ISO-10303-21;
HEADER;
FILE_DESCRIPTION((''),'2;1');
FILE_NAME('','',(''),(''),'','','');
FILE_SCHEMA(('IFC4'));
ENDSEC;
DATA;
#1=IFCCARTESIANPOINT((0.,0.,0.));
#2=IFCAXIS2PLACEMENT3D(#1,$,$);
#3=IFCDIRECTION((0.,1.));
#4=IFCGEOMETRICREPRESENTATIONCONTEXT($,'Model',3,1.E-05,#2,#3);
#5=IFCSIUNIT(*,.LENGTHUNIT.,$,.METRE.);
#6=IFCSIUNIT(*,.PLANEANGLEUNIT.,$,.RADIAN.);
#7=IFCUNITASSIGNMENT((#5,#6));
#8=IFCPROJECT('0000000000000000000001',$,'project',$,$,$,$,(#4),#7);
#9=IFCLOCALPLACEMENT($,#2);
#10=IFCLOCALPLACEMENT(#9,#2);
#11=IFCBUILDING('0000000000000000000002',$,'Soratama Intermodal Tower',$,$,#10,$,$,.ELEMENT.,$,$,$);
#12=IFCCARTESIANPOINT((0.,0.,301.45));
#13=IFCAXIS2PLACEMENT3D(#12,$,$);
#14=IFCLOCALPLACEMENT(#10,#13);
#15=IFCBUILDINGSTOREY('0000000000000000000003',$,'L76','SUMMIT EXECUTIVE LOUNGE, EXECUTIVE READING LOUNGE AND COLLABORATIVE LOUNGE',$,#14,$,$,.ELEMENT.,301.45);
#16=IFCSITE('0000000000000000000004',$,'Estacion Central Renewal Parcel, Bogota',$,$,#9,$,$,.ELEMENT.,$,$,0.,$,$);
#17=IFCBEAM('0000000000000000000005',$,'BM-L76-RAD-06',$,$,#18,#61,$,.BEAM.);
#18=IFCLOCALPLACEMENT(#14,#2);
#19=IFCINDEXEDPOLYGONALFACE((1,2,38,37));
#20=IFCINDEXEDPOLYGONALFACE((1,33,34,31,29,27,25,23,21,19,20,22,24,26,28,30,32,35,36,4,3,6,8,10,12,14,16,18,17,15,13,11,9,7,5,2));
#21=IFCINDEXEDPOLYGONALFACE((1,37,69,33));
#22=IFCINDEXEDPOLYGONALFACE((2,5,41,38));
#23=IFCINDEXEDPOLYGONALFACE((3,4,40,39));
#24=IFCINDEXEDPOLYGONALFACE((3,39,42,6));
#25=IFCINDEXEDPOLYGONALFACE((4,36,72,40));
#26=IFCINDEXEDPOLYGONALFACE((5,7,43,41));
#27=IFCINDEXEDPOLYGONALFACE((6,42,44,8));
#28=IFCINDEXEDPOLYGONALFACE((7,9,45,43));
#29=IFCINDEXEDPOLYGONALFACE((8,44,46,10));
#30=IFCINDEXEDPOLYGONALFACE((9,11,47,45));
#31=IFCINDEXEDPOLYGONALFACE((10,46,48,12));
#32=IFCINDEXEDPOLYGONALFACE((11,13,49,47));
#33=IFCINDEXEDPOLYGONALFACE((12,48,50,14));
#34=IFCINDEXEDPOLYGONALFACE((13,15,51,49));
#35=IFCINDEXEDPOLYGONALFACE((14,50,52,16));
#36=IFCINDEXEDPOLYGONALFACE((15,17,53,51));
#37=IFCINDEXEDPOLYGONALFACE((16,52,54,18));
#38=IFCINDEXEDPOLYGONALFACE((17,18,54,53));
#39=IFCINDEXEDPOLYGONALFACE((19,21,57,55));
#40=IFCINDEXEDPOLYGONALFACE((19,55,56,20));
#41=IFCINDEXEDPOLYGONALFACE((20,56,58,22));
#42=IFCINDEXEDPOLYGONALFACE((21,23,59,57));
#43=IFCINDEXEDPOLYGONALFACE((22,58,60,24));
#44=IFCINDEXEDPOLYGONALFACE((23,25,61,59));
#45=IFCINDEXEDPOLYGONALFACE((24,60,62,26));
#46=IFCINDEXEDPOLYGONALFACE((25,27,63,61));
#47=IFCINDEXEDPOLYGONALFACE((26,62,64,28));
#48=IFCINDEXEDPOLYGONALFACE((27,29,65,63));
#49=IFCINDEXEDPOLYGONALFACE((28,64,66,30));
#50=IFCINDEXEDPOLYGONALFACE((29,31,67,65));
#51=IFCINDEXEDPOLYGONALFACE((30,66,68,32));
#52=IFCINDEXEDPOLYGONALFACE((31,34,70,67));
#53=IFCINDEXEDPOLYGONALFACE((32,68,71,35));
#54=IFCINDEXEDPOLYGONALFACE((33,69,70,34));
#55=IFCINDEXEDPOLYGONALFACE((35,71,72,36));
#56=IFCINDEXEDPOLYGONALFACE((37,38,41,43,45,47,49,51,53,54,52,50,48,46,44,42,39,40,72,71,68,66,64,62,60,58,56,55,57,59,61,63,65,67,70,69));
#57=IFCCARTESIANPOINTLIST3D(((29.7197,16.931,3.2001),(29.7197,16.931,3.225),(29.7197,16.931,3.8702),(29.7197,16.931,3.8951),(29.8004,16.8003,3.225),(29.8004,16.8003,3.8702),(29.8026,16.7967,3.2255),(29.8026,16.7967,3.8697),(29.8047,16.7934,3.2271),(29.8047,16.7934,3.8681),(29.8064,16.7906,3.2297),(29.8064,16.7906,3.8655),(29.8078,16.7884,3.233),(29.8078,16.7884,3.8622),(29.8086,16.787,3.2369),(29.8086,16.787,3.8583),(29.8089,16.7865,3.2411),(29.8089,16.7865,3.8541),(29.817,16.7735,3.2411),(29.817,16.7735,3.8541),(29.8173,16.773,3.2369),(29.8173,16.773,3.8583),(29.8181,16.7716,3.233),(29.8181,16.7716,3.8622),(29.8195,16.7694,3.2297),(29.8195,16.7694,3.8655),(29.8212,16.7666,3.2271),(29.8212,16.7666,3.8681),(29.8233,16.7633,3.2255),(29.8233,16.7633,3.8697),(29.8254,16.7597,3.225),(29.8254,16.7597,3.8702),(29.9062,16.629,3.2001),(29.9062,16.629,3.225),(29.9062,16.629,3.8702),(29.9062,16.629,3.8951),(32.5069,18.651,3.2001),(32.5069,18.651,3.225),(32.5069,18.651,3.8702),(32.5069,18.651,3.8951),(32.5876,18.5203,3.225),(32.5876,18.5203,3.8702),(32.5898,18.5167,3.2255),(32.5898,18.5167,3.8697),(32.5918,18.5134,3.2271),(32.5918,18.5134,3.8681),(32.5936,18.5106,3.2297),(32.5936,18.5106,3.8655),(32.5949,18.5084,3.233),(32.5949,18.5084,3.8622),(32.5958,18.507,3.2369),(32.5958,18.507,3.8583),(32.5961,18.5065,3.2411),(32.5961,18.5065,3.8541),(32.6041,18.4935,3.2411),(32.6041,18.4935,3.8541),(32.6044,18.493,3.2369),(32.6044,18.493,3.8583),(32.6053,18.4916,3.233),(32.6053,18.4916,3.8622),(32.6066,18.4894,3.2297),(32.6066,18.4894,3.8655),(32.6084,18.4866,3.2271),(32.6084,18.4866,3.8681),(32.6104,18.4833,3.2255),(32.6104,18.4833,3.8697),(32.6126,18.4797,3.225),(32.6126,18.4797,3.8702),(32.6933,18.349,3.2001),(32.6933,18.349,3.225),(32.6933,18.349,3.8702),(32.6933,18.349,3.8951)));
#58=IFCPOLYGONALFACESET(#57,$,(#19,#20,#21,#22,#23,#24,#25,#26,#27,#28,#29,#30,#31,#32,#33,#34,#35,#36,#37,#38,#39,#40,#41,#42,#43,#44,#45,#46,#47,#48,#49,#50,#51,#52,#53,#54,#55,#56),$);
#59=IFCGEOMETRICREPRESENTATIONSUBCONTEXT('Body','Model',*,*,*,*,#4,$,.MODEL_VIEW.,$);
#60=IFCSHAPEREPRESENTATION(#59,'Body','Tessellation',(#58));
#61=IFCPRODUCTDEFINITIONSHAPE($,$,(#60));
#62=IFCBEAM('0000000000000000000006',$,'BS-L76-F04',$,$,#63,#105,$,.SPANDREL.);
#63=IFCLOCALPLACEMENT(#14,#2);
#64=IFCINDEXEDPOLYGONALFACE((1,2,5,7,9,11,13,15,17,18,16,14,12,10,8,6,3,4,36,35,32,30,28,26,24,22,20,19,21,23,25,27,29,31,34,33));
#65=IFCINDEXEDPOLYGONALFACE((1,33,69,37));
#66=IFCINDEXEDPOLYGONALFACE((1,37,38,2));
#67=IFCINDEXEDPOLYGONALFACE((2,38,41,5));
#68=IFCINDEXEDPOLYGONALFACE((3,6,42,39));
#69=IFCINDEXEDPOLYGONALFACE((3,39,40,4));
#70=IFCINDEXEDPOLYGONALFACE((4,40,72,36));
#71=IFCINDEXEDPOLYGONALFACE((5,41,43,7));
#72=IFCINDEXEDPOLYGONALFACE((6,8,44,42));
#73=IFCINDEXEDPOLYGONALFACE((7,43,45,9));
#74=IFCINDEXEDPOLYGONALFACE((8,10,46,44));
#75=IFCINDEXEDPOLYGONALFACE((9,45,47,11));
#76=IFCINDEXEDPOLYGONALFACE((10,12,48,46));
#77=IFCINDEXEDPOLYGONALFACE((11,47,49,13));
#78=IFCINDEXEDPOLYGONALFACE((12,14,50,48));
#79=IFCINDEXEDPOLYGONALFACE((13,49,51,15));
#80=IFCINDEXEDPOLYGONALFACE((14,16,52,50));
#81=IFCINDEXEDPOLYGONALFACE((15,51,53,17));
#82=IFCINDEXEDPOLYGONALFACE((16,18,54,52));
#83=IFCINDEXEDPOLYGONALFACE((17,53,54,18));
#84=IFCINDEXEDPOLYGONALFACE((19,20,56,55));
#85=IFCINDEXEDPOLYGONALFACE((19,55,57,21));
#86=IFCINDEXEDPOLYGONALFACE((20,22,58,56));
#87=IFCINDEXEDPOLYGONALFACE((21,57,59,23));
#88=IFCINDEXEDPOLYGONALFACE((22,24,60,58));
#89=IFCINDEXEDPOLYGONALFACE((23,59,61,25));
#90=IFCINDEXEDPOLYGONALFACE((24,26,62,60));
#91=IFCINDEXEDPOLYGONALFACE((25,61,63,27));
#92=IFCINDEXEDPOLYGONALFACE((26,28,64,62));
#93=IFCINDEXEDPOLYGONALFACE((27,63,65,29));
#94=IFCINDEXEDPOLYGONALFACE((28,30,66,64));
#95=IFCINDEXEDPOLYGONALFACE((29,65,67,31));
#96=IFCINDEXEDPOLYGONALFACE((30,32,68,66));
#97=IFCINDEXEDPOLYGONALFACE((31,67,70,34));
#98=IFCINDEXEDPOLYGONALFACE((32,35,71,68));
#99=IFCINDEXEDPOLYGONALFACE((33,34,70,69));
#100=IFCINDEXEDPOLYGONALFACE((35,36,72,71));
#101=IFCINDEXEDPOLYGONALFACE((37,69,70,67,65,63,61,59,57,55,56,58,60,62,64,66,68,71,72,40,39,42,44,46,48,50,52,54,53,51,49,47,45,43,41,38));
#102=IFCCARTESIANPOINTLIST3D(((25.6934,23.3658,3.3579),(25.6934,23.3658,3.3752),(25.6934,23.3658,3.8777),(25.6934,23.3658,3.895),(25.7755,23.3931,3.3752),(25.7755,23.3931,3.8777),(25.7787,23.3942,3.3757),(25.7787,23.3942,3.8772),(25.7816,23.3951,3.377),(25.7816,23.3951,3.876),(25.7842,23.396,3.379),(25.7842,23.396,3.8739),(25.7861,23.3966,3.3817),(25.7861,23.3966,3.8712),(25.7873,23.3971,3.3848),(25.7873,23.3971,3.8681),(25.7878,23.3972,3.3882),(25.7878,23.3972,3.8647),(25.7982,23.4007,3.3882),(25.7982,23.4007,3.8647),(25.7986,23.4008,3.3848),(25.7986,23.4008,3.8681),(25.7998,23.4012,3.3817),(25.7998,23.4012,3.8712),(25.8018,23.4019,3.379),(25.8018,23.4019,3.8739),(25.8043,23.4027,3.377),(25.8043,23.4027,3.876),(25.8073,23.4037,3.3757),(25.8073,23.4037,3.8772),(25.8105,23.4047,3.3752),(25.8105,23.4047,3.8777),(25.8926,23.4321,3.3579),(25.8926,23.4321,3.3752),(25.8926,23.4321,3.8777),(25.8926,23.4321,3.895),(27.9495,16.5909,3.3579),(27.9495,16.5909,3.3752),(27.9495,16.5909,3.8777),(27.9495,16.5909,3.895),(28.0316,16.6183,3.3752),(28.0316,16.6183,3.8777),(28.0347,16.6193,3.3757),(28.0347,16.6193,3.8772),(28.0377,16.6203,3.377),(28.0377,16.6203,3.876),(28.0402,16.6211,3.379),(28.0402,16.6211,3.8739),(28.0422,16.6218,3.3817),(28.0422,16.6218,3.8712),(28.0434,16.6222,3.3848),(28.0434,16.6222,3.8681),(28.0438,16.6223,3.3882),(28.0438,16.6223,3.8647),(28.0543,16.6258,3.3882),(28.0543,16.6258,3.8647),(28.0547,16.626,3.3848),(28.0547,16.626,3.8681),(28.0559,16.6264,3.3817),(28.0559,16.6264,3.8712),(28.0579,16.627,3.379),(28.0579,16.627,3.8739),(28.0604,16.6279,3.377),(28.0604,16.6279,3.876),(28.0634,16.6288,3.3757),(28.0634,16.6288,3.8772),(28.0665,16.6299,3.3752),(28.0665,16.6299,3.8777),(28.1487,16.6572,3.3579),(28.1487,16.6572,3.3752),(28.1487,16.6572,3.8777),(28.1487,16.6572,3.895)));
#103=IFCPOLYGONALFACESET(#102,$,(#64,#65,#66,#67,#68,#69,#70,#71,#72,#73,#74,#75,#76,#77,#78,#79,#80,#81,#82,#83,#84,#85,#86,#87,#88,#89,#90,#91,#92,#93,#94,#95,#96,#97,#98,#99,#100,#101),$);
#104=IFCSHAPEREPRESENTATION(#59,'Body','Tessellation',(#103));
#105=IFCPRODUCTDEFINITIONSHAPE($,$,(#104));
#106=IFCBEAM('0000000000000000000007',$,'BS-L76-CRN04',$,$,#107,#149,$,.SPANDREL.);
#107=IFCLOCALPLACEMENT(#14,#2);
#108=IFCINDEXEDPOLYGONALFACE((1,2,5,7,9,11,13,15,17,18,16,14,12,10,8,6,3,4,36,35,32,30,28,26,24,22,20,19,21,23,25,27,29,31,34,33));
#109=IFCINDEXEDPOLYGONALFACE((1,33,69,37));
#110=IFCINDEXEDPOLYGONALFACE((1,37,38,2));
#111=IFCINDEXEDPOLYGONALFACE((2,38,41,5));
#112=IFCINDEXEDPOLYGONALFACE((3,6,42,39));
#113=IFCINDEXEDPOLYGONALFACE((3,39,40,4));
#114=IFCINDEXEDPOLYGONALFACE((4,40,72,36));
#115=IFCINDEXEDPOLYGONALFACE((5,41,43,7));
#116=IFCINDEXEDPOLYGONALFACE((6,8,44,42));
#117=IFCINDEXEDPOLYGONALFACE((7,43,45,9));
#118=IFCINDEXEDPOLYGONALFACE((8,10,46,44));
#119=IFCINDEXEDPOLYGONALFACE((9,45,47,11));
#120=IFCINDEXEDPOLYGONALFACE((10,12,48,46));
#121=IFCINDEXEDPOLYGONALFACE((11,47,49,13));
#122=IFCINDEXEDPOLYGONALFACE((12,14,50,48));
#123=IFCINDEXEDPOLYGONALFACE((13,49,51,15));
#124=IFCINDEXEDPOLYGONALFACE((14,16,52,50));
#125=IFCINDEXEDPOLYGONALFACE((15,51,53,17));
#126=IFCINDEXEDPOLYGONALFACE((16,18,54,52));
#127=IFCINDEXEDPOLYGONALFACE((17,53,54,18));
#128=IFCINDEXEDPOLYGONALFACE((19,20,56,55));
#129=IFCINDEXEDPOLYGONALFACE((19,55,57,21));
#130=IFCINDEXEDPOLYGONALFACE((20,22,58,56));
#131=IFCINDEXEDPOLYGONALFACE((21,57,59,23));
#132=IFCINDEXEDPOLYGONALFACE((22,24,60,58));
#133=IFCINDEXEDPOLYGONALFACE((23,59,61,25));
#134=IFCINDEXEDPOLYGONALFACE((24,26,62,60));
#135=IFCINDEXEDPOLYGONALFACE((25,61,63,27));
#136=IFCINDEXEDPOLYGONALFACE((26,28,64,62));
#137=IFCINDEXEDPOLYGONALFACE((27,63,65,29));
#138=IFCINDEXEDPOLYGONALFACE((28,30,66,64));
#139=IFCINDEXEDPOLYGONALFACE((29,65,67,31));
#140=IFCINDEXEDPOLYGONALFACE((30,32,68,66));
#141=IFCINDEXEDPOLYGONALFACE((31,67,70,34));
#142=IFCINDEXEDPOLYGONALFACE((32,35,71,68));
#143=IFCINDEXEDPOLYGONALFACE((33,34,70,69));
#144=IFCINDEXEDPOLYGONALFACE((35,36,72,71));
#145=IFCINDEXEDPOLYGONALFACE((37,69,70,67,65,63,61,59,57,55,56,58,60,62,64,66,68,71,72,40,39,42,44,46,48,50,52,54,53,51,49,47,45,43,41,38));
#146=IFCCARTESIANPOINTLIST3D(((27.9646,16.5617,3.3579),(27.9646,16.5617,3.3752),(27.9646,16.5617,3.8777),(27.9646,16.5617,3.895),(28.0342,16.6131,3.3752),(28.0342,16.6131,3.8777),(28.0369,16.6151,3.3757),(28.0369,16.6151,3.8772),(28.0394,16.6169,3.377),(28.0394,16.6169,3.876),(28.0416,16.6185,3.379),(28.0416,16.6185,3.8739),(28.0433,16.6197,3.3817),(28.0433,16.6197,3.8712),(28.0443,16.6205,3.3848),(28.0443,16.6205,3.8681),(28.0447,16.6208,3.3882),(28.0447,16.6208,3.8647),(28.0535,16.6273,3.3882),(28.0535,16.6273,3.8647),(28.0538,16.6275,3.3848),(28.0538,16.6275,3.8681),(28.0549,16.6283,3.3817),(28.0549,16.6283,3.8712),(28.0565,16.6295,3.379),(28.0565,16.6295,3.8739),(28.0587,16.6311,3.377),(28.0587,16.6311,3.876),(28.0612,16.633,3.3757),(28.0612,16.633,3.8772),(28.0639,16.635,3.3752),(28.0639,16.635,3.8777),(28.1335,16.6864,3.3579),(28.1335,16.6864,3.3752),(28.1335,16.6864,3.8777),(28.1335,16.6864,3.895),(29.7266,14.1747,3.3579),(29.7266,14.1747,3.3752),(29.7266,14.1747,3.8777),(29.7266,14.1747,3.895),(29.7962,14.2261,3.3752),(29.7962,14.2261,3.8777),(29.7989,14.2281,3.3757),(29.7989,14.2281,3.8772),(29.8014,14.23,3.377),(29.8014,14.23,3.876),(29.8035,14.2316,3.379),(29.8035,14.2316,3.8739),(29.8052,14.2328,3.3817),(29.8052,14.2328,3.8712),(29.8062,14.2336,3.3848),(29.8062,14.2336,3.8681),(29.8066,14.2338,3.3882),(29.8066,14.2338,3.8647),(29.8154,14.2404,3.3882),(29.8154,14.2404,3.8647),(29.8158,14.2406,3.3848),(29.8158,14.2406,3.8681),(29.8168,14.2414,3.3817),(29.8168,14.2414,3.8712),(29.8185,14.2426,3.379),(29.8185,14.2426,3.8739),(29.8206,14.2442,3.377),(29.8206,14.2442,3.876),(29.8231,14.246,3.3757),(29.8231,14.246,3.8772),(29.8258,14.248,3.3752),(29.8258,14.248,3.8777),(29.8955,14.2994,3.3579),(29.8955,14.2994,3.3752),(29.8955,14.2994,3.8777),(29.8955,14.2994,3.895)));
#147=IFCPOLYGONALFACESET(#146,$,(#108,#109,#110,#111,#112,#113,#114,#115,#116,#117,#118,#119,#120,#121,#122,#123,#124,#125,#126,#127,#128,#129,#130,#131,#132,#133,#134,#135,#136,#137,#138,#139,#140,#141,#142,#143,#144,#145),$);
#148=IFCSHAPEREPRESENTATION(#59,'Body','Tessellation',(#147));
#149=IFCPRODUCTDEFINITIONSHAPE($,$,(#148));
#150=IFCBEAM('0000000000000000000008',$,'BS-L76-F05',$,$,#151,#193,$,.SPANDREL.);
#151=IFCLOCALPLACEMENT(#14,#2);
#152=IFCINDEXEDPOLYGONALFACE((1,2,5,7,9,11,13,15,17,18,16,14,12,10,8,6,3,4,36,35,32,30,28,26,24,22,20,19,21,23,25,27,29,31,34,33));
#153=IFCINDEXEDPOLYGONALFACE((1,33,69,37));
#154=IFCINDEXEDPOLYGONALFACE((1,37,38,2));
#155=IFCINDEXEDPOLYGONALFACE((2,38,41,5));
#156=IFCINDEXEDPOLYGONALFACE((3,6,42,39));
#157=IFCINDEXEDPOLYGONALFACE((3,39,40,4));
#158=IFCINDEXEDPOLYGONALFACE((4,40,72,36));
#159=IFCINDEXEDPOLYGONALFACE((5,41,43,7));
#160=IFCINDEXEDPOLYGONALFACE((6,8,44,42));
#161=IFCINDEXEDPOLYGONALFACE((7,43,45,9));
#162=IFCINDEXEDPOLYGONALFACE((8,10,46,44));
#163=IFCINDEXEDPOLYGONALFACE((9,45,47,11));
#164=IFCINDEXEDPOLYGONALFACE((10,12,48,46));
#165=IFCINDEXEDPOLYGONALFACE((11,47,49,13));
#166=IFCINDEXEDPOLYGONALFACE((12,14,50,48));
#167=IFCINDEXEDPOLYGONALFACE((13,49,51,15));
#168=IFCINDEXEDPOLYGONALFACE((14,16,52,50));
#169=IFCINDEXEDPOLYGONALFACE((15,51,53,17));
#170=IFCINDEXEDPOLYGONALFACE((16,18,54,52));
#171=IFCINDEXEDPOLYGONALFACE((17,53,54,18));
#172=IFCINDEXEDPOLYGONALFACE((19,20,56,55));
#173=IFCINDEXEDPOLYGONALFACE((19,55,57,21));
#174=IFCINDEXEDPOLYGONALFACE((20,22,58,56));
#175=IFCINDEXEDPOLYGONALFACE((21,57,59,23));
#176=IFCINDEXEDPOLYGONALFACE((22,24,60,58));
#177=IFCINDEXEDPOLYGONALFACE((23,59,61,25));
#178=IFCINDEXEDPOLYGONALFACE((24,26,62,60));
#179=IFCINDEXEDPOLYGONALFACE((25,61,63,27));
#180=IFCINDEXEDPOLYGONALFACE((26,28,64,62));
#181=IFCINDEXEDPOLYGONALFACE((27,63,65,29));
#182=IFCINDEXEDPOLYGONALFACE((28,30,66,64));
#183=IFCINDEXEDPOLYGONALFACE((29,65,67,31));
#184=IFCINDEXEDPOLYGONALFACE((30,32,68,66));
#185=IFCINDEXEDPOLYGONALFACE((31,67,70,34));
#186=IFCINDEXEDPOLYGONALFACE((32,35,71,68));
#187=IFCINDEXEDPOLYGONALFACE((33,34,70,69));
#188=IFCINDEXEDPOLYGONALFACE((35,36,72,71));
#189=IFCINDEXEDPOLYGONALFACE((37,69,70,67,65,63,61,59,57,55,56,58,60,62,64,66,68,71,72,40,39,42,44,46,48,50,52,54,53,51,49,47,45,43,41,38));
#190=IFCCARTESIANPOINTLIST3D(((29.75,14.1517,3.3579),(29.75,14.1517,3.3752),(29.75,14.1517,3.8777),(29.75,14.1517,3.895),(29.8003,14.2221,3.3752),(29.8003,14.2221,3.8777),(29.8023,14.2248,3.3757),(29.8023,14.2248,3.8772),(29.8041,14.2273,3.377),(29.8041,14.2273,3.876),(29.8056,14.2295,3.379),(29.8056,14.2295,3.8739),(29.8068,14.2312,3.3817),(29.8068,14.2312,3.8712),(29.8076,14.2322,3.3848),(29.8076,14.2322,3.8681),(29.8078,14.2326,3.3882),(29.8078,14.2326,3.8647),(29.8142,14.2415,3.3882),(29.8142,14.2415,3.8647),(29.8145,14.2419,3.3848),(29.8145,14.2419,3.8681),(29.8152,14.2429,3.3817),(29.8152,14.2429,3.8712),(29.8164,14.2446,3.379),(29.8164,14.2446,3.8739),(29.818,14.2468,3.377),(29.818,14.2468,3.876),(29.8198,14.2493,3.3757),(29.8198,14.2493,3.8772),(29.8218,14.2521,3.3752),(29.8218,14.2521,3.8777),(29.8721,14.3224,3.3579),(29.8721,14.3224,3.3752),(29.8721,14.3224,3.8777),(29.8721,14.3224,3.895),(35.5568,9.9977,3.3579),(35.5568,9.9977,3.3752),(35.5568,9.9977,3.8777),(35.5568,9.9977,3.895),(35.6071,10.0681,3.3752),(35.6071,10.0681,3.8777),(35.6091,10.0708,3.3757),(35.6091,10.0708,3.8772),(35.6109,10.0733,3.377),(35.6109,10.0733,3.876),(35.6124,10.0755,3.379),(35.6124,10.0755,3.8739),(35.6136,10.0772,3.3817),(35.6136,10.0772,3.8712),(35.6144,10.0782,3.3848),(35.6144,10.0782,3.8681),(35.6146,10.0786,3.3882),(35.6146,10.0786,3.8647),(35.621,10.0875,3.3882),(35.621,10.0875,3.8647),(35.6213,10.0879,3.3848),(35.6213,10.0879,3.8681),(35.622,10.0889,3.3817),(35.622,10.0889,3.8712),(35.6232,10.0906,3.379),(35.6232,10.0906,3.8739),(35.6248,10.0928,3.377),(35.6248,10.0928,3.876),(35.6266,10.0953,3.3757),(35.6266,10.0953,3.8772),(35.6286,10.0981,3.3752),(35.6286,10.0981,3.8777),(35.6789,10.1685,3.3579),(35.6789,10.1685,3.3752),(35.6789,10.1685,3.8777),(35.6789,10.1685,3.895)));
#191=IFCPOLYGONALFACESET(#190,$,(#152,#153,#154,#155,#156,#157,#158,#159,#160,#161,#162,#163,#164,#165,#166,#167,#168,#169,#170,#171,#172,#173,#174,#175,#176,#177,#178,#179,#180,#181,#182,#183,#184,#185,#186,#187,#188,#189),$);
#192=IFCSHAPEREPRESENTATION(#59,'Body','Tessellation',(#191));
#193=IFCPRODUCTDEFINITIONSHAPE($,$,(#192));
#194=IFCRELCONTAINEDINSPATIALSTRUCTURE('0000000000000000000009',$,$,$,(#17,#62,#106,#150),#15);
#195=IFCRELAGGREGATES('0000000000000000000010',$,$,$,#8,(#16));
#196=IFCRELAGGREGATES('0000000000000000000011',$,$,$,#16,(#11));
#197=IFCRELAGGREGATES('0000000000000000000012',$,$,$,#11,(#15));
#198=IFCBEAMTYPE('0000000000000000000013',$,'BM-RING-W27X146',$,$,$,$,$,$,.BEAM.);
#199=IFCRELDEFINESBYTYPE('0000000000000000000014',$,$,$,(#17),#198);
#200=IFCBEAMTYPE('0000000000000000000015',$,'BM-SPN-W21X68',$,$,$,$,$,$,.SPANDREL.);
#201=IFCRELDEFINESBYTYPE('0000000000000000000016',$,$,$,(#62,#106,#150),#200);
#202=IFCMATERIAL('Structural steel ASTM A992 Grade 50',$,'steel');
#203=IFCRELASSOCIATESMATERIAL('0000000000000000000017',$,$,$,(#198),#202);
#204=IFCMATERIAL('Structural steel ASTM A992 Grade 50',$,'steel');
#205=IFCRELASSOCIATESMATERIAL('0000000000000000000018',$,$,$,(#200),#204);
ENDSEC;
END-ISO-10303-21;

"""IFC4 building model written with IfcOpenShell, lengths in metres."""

from ifc_helpers import new_model, si_unit, direction, frame, origin, origin_2d, place, context, subcontext, project, spatial, i_section, extrude, material, material_profile, profile_set, type_object, element, save


model = new_model("IFC4")

# Units and contexts
model_context = context("Model", 3, precision=1e-05, world=origin(), true_north=direction((0.0, 1.0)))
body_context = subcontext(model_context, "Body", "Model", "MODEL_VIEW")
ifc_project = project(units=[si_unit("LENGTHUNIT", "METRE"), si_unit("PLANEANGLEUNIT", "RADIAN")], contexts=[model_context])

# Site, building, storey
site_placement = place(None, origin())
site = spatial("IfcSite", under=ifc_project, at=site_placement, Name="Estacion Central Renewal Parcel, Bogota", CompositionType="ELEMENT", RefElevation=0.0)
building_placement = place(site_placement, origin())
building = spatial("IfcBuilding", under=site, at=building_placement, Name="Soratama Intermodal Tower", CompositionType="ELEMENT")
storey_placement = place(building_placement, frame((0.0, 0.0, 301.45)))
storey = spatial("IfcBuildingStorey", under=building, at=storey_placement, Name="L76", Description="SUMMIT EXECUTIVE LOUNGE, EXECUTIVE READING LOUNGE AND COLLABORATIVE LOUNGE", CompositionType="ELEMENT", Elevation=301.45)

# Beams
ifc_material_1 = material(Name="Structural steel ASTM A992 Grade 50", Category="steel")
ifc_material_profile_1 = material_profile(ifc_material_1, i_section(OverallWidth=0.355, OverallDepth=0.6951, WebThickness=0.0154, FlangeThickness=0.0249, FilletRadius=0.0161, at=origin_2d()), Name="W27X146")
ifc_profile_set_1 = profile_set([ifc_material_profile_1], Name="Structural steel ASTM A992 Grade 50")
beam_type_1 = type_object("IfcBeamType", Name="BM-RING-W27X146", PredefinedType="BEAM", material=ifc_profile_set_1)
beam_1_placement = place(storey_placement, frame((32.6001, 18.5, 3.5476), z_axis=(-0.851, -0.525166, 0.0), x_axis=(0.525166, -0.851, 0.0)))
element("IfcBeam", 1, at=beam_1_placement, inside=storey, type_object=beam_type_1, Name="BM-L76-RAD-06", PredefinedType="BEAM", context=body_context, shape_type="SweptSolid", body=[
    extrude(i_section(OverallWidth=0.355, OverallDepth=0.6951, WebThickness=0.0154, FlangeThickness=0.0249, FilletRadius=0.0161, at=origin_2d()), origin(), (0.0, 0.0, 1.0), 3.2751),
])
ifc_material_2 = material(Name="Structural steel ASTM A992 Grade 50", Category="steel")
ifc_material_profile_2 = material_profile(ifc_material_2, i_section(OverallWidth=0.21, OverallDepth=0.5371, WebThickness=0.011, FlangeThickness=0.0173, FilletRadius=0.0129, at=origin_2d()), Name="W21X68")
ifc_profile_set_2 = profile_set([ifc_material_profile_2], Name="Structural steel ASTM A992 Grade 50")
beam_type_2 = type_object("IfcBeamType", Name="BM-SPN-W21X68", PredefinedType="SPANDREL", material=ifc_profile_set_2)
beam_2_placement = place(storey_placement, frame((25.793, 23.3989, 3.6265), z_axis=(0.315951, -0.948776, 0.0), x_axis=(0.948776, 0.315951, 0.0)))
element("IfcBeam", 2, at=beam_2_placement, inside=storey, type_object=beam_type_2, Name="BS-L76-F04", PredefinedType="SPANDREL", context=body_context, shape_type="SweptSolid", body=[
    extrude(i_section(OverallWidth=0.21, OverallDepth=0.5371, WebThickness=0.011, FlangeThickness=0.0173, FilletRadius=0.0129, at=origin_2d()), origin(), (0.0, 0.0, 1.0), 7.1406),
])
beam_3_placement = place(storey_placement, frame((28.0491, 16.624, 3.6265), z_axis=(0.593887, -0.804549, 0.0), x_axis=(0.804549, 0.593887, 0.0)))
element("IfcBeam", 3, at=beam_3_placement, inside=storey, type_object=beam_type_2, Name="BS-L76-CRN04", PredefinedType="SPANDREL", context=body_context, shape_type="SweptSolid", body=[
    extrude(i_section(OverallWidth=0.21, OverallDepth=0.5371, WebThickness=0.011, FlangeThickness=0.0173, FilletRadius=0.0129, at=origin_2d()), origin(), (0.0, 0.0, 1.0), 2.9668),
])
beam_4_placement = place(storey_placement, frame((29.811, 14.2371, 3.6265), z_axis=(0.813317, -0.58182, 0.0), x_axis=(0.58182, 0.813317, 0.0)))
element("IfcBeam", 4, at=beam_4_placement, inside=storey, type_object=beam_type_2, Name="BS-L76-F05", PredefinedType="SPANDREL", context=body_context, shape_type="SweptSolid", body=[
    extrude(i_section(OverallWidth=0.21, OverallDepth=0.5371, WebThickness=0.011, FlangeThickness=0.0173, FilletRadius=0.0129, at=origin_2d()), origin(), (0.0, 0.0, 1.0), 7.1396),
])

save(model, "model.ifc")
